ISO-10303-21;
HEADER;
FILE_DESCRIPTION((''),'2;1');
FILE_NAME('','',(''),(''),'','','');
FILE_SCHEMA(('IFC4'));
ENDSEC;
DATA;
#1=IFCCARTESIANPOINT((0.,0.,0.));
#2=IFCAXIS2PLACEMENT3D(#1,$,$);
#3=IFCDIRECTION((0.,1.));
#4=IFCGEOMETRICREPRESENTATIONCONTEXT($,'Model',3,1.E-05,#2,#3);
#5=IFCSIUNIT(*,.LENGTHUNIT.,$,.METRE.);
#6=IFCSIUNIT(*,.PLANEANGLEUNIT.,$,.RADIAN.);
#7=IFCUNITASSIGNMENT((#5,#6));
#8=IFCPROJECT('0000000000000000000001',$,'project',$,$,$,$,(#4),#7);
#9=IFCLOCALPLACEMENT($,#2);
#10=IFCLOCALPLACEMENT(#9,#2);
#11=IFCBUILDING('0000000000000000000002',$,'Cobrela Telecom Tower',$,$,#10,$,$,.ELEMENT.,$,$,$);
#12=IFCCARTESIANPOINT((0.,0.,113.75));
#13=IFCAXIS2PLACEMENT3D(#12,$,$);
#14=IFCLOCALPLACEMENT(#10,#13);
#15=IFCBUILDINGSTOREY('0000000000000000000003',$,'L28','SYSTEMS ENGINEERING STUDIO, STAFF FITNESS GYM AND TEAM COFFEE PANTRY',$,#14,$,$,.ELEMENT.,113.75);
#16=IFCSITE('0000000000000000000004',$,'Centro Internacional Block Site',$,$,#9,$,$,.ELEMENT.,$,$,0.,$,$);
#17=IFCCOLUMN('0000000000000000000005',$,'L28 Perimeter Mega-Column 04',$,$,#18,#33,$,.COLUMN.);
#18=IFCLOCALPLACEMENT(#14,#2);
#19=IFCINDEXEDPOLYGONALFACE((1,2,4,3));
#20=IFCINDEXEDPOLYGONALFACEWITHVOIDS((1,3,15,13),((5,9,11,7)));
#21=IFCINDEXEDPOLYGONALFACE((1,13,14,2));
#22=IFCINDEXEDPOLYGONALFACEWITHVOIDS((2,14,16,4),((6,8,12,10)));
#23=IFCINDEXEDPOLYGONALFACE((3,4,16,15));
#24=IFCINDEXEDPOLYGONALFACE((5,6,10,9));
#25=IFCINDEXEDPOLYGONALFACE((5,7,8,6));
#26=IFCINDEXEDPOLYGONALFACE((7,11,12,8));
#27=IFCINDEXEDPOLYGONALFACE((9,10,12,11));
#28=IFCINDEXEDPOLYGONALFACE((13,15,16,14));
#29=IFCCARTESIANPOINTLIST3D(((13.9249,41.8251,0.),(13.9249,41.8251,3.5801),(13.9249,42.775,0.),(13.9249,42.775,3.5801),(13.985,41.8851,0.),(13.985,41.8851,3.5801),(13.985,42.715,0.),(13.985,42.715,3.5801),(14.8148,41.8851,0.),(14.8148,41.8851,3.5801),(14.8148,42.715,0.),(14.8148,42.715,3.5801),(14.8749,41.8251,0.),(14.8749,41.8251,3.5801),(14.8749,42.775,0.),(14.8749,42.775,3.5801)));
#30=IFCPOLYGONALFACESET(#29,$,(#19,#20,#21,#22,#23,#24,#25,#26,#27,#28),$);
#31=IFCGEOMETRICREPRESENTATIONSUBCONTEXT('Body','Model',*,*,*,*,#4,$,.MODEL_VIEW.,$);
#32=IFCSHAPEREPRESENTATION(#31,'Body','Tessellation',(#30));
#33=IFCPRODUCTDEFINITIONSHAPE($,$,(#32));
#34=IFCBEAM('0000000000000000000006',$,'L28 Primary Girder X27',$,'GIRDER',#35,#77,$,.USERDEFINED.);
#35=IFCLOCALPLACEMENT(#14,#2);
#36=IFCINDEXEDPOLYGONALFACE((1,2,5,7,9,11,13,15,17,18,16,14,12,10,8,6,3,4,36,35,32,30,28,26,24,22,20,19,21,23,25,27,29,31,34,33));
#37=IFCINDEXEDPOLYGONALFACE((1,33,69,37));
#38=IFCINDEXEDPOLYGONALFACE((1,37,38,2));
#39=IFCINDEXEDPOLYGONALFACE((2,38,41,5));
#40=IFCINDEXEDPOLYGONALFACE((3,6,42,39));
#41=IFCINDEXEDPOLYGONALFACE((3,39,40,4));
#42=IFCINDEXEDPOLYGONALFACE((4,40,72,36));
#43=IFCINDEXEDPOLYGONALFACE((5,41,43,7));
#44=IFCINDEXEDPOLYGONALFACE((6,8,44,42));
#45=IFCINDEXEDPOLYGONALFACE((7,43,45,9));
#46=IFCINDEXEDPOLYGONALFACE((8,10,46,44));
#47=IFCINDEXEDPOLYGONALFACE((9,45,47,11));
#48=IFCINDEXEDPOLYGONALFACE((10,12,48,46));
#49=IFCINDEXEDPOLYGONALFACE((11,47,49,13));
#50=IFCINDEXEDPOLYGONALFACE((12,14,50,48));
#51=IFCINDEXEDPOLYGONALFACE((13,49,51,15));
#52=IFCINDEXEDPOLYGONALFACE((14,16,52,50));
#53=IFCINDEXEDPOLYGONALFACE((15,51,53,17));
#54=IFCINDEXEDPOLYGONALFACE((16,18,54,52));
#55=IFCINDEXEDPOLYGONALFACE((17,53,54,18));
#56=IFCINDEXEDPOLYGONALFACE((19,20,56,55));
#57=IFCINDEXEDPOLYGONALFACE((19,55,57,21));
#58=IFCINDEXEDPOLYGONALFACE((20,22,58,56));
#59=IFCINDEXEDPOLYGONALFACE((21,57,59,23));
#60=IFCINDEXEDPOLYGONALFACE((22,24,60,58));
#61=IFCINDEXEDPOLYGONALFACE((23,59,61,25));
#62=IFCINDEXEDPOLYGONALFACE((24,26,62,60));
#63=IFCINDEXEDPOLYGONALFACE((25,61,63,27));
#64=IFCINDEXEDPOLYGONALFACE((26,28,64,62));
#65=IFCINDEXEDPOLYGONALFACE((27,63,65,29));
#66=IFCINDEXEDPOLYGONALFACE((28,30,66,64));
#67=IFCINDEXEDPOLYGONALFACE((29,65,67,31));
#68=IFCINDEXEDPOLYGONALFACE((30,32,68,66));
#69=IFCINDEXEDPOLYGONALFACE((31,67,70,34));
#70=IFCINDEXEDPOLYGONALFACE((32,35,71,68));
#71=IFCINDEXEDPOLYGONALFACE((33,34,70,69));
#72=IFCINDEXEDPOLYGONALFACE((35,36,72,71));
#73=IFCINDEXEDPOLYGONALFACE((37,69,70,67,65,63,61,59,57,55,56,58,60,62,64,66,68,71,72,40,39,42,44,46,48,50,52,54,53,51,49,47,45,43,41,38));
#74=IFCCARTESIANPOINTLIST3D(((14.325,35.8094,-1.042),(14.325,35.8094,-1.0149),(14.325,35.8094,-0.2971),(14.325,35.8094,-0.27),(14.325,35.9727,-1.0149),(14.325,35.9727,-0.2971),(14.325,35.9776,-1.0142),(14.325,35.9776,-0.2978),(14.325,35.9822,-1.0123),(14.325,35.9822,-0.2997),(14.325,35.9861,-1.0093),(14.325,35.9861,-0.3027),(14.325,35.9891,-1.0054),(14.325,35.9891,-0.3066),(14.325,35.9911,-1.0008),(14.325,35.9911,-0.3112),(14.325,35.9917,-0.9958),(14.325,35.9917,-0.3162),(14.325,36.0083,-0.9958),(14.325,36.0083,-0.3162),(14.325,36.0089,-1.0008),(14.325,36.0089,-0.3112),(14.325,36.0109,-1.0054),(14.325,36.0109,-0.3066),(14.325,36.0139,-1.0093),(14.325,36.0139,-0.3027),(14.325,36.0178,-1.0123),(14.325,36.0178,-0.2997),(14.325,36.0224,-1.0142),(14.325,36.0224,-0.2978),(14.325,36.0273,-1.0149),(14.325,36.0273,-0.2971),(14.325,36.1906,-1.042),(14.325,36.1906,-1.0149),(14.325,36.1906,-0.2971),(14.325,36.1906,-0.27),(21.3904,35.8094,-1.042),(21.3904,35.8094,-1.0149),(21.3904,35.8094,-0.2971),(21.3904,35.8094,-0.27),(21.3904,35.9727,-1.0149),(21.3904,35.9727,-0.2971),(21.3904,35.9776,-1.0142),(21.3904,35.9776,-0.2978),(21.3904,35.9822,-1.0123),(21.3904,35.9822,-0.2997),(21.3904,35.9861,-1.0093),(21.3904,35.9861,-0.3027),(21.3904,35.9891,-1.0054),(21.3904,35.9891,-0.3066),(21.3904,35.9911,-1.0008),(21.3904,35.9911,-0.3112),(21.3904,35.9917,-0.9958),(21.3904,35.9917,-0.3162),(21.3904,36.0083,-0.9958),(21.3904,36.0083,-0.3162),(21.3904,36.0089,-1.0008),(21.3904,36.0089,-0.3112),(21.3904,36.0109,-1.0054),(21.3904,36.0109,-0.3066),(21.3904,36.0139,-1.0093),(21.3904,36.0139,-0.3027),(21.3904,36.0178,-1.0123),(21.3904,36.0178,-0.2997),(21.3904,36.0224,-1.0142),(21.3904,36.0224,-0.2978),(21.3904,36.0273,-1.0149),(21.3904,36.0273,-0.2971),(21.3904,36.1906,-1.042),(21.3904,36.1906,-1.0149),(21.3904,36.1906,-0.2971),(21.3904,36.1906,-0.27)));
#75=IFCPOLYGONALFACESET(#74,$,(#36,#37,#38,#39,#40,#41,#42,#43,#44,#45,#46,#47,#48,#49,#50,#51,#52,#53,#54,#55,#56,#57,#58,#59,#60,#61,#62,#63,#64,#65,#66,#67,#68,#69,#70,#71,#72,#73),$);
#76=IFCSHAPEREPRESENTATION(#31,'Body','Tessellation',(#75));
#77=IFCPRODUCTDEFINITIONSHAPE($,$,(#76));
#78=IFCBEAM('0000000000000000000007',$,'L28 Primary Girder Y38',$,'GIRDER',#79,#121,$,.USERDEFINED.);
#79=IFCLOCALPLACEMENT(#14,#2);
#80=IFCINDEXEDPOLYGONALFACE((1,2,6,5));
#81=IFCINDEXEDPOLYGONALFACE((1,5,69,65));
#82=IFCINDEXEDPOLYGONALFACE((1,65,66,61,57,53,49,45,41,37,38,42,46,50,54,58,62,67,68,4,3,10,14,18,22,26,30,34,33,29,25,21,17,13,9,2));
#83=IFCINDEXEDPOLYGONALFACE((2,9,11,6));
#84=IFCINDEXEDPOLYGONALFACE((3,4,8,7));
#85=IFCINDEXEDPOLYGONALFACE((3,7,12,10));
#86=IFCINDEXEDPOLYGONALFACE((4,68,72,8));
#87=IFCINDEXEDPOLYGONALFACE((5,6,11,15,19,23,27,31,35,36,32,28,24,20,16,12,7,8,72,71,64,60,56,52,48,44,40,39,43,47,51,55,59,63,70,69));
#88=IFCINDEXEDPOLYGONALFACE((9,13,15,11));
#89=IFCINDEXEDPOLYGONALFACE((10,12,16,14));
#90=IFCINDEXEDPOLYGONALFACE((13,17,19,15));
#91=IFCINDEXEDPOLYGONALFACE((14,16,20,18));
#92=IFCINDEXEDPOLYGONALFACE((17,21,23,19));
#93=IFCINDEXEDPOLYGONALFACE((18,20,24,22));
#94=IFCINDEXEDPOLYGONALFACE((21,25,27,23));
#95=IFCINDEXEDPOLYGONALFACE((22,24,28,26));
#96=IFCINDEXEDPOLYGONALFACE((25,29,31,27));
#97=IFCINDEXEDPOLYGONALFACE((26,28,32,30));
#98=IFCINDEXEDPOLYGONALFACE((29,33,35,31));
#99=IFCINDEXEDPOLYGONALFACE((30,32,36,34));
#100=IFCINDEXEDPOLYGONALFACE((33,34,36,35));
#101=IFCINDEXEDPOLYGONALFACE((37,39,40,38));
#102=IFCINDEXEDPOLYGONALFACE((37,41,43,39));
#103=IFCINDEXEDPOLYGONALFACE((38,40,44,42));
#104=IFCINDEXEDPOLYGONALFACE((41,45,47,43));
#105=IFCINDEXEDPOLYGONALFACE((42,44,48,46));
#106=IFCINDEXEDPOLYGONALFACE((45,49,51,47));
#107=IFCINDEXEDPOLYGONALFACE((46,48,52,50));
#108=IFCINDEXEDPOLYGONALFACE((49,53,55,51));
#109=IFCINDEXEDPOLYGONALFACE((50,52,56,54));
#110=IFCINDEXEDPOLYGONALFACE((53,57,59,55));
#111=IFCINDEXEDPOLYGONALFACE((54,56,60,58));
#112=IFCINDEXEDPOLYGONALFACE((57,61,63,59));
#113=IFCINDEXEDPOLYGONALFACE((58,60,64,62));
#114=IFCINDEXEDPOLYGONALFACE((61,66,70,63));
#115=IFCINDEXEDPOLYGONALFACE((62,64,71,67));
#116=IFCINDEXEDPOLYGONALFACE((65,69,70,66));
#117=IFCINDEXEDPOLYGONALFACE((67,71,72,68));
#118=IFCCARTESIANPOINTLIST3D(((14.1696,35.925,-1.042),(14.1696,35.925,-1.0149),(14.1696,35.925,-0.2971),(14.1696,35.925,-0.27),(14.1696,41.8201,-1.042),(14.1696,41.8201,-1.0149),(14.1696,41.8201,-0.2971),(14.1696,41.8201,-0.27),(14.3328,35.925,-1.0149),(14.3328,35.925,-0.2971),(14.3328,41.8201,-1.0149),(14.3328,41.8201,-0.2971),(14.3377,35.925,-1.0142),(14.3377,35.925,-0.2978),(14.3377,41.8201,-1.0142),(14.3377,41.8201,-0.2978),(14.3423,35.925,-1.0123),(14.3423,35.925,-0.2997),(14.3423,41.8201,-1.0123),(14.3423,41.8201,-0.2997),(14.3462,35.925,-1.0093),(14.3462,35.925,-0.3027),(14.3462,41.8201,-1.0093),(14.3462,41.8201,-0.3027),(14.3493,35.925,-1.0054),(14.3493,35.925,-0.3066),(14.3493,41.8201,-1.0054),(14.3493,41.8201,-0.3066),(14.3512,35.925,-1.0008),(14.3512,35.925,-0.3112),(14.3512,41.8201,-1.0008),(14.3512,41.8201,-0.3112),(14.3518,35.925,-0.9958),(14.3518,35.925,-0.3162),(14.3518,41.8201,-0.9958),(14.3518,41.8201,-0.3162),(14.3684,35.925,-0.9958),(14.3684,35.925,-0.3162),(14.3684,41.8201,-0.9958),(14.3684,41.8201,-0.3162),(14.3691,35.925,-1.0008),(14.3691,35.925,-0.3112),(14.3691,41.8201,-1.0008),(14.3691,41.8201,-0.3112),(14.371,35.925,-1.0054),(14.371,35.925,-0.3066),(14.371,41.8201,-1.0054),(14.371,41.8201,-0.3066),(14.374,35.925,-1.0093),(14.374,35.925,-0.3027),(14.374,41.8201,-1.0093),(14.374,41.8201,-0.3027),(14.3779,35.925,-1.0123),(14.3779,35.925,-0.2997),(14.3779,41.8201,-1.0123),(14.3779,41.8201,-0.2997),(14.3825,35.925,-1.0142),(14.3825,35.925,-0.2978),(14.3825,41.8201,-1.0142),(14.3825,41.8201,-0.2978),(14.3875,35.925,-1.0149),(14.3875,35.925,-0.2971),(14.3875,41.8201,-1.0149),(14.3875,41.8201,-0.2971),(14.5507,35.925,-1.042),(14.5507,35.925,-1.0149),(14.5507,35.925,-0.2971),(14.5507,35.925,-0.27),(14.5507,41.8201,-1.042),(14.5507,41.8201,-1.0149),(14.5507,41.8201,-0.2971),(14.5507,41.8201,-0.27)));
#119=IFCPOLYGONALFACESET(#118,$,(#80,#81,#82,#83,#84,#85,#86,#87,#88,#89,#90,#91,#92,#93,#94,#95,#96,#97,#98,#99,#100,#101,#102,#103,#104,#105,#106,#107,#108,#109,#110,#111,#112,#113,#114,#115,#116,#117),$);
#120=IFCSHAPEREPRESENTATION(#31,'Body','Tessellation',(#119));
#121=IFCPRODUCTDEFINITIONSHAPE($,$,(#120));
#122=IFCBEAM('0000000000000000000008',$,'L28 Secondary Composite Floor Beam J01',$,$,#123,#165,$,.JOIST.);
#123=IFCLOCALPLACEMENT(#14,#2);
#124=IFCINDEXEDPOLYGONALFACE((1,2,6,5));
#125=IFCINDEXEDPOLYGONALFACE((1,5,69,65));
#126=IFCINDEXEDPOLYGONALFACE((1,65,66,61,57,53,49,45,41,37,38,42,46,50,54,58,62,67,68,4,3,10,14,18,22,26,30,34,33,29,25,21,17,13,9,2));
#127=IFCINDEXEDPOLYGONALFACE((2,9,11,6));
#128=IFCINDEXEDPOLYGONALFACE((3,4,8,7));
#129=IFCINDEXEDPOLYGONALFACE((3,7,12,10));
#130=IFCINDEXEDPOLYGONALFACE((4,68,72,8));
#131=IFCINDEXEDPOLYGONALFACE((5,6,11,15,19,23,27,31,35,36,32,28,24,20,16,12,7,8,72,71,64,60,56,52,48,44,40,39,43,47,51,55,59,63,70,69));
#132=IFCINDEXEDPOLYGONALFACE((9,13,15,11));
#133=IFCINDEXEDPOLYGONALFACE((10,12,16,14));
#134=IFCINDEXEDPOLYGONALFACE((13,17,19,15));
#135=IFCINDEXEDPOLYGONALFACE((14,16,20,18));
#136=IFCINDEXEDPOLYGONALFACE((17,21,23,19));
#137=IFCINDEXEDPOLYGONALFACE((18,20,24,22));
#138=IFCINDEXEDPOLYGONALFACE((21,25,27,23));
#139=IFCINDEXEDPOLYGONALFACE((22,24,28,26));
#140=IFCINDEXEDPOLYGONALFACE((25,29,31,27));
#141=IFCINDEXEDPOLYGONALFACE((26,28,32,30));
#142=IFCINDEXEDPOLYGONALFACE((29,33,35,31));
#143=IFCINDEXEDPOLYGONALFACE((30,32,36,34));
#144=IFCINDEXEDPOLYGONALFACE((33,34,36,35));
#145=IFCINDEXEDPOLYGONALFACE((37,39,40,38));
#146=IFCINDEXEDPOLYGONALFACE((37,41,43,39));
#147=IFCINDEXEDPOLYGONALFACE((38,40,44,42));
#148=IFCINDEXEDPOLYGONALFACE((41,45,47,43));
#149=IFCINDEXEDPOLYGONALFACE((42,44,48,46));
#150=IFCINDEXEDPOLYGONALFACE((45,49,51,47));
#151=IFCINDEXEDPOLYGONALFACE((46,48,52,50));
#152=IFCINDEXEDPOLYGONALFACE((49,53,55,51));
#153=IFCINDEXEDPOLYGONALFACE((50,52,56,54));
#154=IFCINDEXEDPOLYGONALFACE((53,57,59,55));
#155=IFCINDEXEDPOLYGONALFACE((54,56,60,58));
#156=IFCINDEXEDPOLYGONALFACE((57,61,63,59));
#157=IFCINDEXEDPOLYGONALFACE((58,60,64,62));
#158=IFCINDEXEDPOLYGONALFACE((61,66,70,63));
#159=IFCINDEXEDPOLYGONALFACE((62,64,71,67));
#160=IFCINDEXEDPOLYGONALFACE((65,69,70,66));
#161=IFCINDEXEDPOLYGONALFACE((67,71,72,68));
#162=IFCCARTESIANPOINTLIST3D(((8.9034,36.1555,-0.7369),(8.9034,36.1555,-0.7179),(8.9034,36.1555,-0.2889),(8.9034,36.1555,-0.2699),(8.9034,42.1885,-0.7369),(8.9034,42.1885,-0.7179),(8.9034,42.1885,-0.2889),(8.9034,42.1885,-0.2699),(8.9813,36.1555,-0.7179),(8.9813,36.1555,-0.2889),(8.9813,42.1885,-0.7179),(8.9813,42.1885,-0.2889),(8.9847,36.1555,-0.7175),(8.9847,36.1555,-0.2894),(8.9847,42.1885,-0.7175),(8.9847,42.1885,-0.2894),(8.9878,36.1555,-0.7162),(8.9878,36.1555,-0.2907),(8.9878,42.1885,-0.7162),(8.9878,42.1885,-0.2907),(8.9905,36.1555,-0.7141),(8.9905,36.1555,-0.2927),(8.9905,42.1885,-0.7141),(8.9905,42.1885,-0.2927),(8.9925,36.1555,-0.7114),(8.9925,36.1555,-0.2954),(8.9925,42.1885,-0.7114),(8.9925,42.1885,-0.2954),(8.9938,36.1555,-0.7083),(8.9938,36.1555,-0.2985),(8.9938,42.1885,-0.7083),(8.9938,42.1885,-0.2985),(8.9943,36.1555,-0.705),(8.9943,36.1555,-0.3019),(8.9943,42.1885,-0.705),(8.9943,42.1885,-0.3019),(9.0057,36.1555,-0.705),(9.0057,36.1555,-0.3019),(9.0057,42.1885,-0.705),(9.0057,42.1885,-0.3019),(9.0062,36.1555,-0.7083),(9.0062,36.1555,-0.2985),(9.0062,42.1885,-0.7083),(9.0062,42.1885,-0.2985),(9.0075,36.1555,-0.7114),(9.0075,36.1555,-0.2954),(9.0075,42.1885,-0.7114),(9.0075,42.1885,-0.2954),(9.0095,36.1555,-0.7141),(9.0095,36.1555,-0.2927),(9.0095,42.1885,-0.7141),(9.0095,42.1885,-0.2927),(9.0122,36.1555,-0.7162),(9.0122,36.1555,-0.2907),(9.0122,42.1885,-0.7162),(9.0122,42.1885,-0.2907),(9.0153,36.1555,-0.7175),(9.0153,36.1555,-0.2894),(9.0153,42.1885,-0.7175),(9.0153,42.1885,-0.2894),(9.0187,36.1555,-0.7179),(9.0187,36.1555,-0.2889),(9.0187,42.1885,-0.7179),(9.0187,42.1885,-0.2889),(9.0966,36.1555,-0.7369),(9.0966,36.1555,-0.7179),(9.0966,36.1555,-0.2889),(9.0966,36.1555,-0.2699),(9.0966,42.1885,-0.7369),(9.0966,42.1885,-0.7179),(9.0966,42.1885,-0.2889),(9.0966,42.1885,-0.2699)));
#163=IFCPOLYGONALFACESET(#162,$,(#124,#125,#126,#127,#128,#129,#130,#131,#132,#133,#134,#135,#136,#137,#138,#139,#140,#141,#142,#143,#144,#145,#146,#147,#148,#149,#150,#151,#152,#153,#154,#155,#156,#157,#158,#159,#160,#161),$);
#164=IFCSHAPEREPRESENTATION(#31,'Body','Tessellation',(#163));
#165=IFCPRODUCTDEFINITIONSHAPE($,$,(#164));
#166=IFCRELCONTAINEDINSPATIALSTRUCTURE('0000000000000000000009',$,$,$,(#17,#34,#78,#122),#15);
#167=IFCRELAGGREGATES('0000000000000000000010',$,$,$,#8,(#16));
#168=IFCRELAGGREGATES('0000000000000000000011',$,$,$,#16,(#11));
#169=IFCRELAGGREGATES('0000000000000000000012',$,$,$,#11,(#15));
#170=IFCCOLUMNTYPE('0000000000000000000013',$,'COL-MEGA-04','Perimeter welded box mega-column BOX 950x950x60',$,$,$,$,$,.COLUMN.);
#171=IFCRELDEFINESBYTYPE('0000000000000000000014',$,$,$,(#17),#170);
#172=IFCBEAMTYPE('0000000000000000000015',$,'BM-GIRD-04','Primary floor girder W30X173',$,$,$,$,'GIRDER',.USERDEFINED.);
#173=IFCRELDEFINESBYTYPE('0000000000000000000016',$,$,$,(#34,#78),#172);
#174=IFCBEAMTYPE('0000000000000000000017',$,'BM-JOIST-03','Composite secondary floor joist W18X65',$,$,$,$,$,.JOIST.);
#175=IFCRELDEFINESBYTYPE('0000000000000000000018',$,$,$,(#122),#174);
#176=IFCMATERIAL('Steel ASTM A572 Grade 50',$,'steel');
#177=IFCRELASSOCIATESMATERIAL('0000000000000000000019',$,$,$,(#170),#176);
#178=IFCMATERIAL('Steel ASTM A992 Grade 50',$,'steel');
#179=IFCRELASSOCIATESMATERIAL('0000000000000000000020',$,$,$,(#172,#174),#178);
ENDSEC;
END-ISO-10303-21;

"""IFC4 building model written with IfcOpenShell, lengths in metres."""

from ifc_helpers import new_model, si_unit, direction, frame, origin, origin_2d, place, context, subcontext, project, spatial, hollow_rectangle, i_section, extrude, material, material_profile, profile_set, type_object, element, save


model = new_model("IFC4")

# Units and contexts
model_context = context("Model", 3, precision=1e-05, world=origin(), true_north=direction((0.0, 1.0)))
body_context = subcontext(model_context, "Body", "Model", "MODEL_VIEW")
ifc_project = project(units=[si_unit("LENGTHUNIT", "METRE"), si_unit("PLANEANGLEUNIT", "RADIAN")], contexts=[model_context])

# Site, building, storey
site_placement = place(None, origin())
site = spatial("IfcSite", under=ifc_project, at=site_placement, Name="Centro Internacional Block Site", CompositionType="ELEMENT", RefElevation=0.0)
building_placement = place(site_placement, origin())
building = spatial("IfcBuilding", under=site, at=building_placement, Name="Cobrela Telecom Tower", CompositionType="ELEMENT")
storey_placement = place(building_placement, frame((0.0, 0.0, 113.75)))
storey = spatial("IfcBuildingStorey", under=building, at=storey_placement, Name="L28", Description="SYSTEMS ENGINEERING STUDIO, STAFF FITNESS GYM AND TEAM COFFEE PANTRY", CompositionType="ELEMENT", Elevation=113.75)

# Column
ifc_material_1 = material(Name="Steel ASTM A572 Grade 50", Category="steel")
ifc_material_profile_1 = material_profile(ifc_material_1, hollow_rectangle(XDim=0.95, YDim=0.95, WallThickness=0.0601, at=origin_2d()), Name="BOX 950x950x60")
ifc_profile_set_1 = profile_set([ifc_material_profile_1], Name="Steel ASTM A572 Grade 50")
column_type = type_object("IfcColumnType", Name="COL-MEGA-04", Description="Perimeter welded box mega-column BOX 950x950x60", PredefinedType="COLUMN", material=ifc_profile_set_1)
column_placement = place(storey_placement, frame((14.3999, 42.3, 0.0), z_axis=(0.0, 0.0, 1.0), x_axis=(1.0, 0.0, 0.0)))
element("IfcColumn", 1, at=column_placement, inside=storey, type_object=column_type, Name="L28 Perimeter Mega-Column 04", PredefinedType="COLUMN", context=body_context, shape_type="SweptSolid", body=[
    extrude(hollow_rectangle(XDim=0.95, YDim=0.95, WallThickness=0.0601, at=origin_2d()), origin(), (0.0, 0.0, 1.0), 3.5801),
])

# Beams
ifc_material_2 = material(Name="Steel ASTM A992 Grade 50", Category="steel")
ifc_material_profile_2 = material_profile(ifc_material_2, i_section(OverallWidth=0.3811, OverallDepth=0.772, WebThickness=0.0166, FlangeThickness=0.0271, FilletRadius=0.019, at=origin_2d()), Name="W30X173")
ifc_profile_set_2 = profile_set([ifc_material_profile_2], Name="Steel ASTM A992 Grade 50")
beam_type_1 = type_object("IfcBeamType", Name="BM-GIRD-04", Description="Primary floor girder W30X173", ElementType="GIRDER", PredefinedType="USERDEFINED", material=ifc_profile_set_2)
beam_1_placement = place(storey_placement, frame((14.325, 36.0, -0.656), z_axis=(1.0, 0.0, 0.0), x_axis=(0.0, 1.0, 0.0)))
element("IfcBeam", 2, at=beam_1_placement, inside=storey, type_object=beam_type_1, Name="L28 Primary Girder X27", ObjectType="GIRDER", PredefinedType="USERDEFINED", context=body_context, shape_type="SweptSolid", body=[
    extrude(i_section(OverallWidth=0.3811, OverallDepth=0.772, WebThickness=0.0166, FlangeThickness=0.0271, FilletRadius=0.019, at=origin_2d()), origin(), (0.0, 0.0, 1.0), 7.0654),
])
beam_2_placement = place(storey_placement, frame((14.3601, 35.925, -0.656), z_axis=(0.0, 1.0, 0.0), x_axis=(-1.0, 0.0, 0.0)))
element("IfcBeam", 3, at=beam_2_placement, inside=storey, type_object=beam_type_1, Name="L28 Primary Girder Y38", ObjectType="GIRDER", PredefinedType="USERDEFINED", context=body_context, shape_type="SweptSolid", body=[
    extrude(i_section(OverallWidth=0.3811, OverallDepth=0.772, WebThickness=0.0166, FlangeThickness=0.0271, FilletRadius=0.019, at=origin_2d()), origin(), (0.0, 0.0, 1.0), 5.895),
])
ifc_material_profile_3 = material_profile(ifc_material_2, i_section(OverallWidth=0.1931, OverallDepth=0.467, WebThickness=0.0115, FlangeThickness=0.019, FilletRadius=0.0129, at=origin_2d()), Name="W18X65")
ifc_profile_set_3 = profile_set([ifc_material_profile_3], Name="Steel ASTM A992 Grade 50")
beam_type_2 = type_object("IfcBeamType", Name="BM-JOIST-03", Description="Composite secondary floor joist W18X65", PredefinedType="JOIST", material=ifc_profile_set_3)
for number, where, z_axis, x_axis, name in (
    (4, (9.0, 36.1555, -0.5034), (0.0, 1.0, 0.0), (-1.0, 0.0, 0.0), "L28 Secondary Composite Floor Beam J01"),
):
    element("IfcBeam", number, at=place(storey_placement, frame(where, z_axis=z_axis, x_axis=x_axis)), inside=storey, type_object=beam_type_2, Name=name, PredefinedType="JOIST", context=body_context, shape_type="SweptSolid", body=[
        extrude(i_section(OverallWidth=0.1931, OverallDepth=0.467, WebThickness=0.0115, FlangeThickness=0.019, FilletRadius=0.0129, at=origin_2d()), origin(), (0.0, 0.0, 1.0), 6.033),
    ])

save(model, "model.ifc")
